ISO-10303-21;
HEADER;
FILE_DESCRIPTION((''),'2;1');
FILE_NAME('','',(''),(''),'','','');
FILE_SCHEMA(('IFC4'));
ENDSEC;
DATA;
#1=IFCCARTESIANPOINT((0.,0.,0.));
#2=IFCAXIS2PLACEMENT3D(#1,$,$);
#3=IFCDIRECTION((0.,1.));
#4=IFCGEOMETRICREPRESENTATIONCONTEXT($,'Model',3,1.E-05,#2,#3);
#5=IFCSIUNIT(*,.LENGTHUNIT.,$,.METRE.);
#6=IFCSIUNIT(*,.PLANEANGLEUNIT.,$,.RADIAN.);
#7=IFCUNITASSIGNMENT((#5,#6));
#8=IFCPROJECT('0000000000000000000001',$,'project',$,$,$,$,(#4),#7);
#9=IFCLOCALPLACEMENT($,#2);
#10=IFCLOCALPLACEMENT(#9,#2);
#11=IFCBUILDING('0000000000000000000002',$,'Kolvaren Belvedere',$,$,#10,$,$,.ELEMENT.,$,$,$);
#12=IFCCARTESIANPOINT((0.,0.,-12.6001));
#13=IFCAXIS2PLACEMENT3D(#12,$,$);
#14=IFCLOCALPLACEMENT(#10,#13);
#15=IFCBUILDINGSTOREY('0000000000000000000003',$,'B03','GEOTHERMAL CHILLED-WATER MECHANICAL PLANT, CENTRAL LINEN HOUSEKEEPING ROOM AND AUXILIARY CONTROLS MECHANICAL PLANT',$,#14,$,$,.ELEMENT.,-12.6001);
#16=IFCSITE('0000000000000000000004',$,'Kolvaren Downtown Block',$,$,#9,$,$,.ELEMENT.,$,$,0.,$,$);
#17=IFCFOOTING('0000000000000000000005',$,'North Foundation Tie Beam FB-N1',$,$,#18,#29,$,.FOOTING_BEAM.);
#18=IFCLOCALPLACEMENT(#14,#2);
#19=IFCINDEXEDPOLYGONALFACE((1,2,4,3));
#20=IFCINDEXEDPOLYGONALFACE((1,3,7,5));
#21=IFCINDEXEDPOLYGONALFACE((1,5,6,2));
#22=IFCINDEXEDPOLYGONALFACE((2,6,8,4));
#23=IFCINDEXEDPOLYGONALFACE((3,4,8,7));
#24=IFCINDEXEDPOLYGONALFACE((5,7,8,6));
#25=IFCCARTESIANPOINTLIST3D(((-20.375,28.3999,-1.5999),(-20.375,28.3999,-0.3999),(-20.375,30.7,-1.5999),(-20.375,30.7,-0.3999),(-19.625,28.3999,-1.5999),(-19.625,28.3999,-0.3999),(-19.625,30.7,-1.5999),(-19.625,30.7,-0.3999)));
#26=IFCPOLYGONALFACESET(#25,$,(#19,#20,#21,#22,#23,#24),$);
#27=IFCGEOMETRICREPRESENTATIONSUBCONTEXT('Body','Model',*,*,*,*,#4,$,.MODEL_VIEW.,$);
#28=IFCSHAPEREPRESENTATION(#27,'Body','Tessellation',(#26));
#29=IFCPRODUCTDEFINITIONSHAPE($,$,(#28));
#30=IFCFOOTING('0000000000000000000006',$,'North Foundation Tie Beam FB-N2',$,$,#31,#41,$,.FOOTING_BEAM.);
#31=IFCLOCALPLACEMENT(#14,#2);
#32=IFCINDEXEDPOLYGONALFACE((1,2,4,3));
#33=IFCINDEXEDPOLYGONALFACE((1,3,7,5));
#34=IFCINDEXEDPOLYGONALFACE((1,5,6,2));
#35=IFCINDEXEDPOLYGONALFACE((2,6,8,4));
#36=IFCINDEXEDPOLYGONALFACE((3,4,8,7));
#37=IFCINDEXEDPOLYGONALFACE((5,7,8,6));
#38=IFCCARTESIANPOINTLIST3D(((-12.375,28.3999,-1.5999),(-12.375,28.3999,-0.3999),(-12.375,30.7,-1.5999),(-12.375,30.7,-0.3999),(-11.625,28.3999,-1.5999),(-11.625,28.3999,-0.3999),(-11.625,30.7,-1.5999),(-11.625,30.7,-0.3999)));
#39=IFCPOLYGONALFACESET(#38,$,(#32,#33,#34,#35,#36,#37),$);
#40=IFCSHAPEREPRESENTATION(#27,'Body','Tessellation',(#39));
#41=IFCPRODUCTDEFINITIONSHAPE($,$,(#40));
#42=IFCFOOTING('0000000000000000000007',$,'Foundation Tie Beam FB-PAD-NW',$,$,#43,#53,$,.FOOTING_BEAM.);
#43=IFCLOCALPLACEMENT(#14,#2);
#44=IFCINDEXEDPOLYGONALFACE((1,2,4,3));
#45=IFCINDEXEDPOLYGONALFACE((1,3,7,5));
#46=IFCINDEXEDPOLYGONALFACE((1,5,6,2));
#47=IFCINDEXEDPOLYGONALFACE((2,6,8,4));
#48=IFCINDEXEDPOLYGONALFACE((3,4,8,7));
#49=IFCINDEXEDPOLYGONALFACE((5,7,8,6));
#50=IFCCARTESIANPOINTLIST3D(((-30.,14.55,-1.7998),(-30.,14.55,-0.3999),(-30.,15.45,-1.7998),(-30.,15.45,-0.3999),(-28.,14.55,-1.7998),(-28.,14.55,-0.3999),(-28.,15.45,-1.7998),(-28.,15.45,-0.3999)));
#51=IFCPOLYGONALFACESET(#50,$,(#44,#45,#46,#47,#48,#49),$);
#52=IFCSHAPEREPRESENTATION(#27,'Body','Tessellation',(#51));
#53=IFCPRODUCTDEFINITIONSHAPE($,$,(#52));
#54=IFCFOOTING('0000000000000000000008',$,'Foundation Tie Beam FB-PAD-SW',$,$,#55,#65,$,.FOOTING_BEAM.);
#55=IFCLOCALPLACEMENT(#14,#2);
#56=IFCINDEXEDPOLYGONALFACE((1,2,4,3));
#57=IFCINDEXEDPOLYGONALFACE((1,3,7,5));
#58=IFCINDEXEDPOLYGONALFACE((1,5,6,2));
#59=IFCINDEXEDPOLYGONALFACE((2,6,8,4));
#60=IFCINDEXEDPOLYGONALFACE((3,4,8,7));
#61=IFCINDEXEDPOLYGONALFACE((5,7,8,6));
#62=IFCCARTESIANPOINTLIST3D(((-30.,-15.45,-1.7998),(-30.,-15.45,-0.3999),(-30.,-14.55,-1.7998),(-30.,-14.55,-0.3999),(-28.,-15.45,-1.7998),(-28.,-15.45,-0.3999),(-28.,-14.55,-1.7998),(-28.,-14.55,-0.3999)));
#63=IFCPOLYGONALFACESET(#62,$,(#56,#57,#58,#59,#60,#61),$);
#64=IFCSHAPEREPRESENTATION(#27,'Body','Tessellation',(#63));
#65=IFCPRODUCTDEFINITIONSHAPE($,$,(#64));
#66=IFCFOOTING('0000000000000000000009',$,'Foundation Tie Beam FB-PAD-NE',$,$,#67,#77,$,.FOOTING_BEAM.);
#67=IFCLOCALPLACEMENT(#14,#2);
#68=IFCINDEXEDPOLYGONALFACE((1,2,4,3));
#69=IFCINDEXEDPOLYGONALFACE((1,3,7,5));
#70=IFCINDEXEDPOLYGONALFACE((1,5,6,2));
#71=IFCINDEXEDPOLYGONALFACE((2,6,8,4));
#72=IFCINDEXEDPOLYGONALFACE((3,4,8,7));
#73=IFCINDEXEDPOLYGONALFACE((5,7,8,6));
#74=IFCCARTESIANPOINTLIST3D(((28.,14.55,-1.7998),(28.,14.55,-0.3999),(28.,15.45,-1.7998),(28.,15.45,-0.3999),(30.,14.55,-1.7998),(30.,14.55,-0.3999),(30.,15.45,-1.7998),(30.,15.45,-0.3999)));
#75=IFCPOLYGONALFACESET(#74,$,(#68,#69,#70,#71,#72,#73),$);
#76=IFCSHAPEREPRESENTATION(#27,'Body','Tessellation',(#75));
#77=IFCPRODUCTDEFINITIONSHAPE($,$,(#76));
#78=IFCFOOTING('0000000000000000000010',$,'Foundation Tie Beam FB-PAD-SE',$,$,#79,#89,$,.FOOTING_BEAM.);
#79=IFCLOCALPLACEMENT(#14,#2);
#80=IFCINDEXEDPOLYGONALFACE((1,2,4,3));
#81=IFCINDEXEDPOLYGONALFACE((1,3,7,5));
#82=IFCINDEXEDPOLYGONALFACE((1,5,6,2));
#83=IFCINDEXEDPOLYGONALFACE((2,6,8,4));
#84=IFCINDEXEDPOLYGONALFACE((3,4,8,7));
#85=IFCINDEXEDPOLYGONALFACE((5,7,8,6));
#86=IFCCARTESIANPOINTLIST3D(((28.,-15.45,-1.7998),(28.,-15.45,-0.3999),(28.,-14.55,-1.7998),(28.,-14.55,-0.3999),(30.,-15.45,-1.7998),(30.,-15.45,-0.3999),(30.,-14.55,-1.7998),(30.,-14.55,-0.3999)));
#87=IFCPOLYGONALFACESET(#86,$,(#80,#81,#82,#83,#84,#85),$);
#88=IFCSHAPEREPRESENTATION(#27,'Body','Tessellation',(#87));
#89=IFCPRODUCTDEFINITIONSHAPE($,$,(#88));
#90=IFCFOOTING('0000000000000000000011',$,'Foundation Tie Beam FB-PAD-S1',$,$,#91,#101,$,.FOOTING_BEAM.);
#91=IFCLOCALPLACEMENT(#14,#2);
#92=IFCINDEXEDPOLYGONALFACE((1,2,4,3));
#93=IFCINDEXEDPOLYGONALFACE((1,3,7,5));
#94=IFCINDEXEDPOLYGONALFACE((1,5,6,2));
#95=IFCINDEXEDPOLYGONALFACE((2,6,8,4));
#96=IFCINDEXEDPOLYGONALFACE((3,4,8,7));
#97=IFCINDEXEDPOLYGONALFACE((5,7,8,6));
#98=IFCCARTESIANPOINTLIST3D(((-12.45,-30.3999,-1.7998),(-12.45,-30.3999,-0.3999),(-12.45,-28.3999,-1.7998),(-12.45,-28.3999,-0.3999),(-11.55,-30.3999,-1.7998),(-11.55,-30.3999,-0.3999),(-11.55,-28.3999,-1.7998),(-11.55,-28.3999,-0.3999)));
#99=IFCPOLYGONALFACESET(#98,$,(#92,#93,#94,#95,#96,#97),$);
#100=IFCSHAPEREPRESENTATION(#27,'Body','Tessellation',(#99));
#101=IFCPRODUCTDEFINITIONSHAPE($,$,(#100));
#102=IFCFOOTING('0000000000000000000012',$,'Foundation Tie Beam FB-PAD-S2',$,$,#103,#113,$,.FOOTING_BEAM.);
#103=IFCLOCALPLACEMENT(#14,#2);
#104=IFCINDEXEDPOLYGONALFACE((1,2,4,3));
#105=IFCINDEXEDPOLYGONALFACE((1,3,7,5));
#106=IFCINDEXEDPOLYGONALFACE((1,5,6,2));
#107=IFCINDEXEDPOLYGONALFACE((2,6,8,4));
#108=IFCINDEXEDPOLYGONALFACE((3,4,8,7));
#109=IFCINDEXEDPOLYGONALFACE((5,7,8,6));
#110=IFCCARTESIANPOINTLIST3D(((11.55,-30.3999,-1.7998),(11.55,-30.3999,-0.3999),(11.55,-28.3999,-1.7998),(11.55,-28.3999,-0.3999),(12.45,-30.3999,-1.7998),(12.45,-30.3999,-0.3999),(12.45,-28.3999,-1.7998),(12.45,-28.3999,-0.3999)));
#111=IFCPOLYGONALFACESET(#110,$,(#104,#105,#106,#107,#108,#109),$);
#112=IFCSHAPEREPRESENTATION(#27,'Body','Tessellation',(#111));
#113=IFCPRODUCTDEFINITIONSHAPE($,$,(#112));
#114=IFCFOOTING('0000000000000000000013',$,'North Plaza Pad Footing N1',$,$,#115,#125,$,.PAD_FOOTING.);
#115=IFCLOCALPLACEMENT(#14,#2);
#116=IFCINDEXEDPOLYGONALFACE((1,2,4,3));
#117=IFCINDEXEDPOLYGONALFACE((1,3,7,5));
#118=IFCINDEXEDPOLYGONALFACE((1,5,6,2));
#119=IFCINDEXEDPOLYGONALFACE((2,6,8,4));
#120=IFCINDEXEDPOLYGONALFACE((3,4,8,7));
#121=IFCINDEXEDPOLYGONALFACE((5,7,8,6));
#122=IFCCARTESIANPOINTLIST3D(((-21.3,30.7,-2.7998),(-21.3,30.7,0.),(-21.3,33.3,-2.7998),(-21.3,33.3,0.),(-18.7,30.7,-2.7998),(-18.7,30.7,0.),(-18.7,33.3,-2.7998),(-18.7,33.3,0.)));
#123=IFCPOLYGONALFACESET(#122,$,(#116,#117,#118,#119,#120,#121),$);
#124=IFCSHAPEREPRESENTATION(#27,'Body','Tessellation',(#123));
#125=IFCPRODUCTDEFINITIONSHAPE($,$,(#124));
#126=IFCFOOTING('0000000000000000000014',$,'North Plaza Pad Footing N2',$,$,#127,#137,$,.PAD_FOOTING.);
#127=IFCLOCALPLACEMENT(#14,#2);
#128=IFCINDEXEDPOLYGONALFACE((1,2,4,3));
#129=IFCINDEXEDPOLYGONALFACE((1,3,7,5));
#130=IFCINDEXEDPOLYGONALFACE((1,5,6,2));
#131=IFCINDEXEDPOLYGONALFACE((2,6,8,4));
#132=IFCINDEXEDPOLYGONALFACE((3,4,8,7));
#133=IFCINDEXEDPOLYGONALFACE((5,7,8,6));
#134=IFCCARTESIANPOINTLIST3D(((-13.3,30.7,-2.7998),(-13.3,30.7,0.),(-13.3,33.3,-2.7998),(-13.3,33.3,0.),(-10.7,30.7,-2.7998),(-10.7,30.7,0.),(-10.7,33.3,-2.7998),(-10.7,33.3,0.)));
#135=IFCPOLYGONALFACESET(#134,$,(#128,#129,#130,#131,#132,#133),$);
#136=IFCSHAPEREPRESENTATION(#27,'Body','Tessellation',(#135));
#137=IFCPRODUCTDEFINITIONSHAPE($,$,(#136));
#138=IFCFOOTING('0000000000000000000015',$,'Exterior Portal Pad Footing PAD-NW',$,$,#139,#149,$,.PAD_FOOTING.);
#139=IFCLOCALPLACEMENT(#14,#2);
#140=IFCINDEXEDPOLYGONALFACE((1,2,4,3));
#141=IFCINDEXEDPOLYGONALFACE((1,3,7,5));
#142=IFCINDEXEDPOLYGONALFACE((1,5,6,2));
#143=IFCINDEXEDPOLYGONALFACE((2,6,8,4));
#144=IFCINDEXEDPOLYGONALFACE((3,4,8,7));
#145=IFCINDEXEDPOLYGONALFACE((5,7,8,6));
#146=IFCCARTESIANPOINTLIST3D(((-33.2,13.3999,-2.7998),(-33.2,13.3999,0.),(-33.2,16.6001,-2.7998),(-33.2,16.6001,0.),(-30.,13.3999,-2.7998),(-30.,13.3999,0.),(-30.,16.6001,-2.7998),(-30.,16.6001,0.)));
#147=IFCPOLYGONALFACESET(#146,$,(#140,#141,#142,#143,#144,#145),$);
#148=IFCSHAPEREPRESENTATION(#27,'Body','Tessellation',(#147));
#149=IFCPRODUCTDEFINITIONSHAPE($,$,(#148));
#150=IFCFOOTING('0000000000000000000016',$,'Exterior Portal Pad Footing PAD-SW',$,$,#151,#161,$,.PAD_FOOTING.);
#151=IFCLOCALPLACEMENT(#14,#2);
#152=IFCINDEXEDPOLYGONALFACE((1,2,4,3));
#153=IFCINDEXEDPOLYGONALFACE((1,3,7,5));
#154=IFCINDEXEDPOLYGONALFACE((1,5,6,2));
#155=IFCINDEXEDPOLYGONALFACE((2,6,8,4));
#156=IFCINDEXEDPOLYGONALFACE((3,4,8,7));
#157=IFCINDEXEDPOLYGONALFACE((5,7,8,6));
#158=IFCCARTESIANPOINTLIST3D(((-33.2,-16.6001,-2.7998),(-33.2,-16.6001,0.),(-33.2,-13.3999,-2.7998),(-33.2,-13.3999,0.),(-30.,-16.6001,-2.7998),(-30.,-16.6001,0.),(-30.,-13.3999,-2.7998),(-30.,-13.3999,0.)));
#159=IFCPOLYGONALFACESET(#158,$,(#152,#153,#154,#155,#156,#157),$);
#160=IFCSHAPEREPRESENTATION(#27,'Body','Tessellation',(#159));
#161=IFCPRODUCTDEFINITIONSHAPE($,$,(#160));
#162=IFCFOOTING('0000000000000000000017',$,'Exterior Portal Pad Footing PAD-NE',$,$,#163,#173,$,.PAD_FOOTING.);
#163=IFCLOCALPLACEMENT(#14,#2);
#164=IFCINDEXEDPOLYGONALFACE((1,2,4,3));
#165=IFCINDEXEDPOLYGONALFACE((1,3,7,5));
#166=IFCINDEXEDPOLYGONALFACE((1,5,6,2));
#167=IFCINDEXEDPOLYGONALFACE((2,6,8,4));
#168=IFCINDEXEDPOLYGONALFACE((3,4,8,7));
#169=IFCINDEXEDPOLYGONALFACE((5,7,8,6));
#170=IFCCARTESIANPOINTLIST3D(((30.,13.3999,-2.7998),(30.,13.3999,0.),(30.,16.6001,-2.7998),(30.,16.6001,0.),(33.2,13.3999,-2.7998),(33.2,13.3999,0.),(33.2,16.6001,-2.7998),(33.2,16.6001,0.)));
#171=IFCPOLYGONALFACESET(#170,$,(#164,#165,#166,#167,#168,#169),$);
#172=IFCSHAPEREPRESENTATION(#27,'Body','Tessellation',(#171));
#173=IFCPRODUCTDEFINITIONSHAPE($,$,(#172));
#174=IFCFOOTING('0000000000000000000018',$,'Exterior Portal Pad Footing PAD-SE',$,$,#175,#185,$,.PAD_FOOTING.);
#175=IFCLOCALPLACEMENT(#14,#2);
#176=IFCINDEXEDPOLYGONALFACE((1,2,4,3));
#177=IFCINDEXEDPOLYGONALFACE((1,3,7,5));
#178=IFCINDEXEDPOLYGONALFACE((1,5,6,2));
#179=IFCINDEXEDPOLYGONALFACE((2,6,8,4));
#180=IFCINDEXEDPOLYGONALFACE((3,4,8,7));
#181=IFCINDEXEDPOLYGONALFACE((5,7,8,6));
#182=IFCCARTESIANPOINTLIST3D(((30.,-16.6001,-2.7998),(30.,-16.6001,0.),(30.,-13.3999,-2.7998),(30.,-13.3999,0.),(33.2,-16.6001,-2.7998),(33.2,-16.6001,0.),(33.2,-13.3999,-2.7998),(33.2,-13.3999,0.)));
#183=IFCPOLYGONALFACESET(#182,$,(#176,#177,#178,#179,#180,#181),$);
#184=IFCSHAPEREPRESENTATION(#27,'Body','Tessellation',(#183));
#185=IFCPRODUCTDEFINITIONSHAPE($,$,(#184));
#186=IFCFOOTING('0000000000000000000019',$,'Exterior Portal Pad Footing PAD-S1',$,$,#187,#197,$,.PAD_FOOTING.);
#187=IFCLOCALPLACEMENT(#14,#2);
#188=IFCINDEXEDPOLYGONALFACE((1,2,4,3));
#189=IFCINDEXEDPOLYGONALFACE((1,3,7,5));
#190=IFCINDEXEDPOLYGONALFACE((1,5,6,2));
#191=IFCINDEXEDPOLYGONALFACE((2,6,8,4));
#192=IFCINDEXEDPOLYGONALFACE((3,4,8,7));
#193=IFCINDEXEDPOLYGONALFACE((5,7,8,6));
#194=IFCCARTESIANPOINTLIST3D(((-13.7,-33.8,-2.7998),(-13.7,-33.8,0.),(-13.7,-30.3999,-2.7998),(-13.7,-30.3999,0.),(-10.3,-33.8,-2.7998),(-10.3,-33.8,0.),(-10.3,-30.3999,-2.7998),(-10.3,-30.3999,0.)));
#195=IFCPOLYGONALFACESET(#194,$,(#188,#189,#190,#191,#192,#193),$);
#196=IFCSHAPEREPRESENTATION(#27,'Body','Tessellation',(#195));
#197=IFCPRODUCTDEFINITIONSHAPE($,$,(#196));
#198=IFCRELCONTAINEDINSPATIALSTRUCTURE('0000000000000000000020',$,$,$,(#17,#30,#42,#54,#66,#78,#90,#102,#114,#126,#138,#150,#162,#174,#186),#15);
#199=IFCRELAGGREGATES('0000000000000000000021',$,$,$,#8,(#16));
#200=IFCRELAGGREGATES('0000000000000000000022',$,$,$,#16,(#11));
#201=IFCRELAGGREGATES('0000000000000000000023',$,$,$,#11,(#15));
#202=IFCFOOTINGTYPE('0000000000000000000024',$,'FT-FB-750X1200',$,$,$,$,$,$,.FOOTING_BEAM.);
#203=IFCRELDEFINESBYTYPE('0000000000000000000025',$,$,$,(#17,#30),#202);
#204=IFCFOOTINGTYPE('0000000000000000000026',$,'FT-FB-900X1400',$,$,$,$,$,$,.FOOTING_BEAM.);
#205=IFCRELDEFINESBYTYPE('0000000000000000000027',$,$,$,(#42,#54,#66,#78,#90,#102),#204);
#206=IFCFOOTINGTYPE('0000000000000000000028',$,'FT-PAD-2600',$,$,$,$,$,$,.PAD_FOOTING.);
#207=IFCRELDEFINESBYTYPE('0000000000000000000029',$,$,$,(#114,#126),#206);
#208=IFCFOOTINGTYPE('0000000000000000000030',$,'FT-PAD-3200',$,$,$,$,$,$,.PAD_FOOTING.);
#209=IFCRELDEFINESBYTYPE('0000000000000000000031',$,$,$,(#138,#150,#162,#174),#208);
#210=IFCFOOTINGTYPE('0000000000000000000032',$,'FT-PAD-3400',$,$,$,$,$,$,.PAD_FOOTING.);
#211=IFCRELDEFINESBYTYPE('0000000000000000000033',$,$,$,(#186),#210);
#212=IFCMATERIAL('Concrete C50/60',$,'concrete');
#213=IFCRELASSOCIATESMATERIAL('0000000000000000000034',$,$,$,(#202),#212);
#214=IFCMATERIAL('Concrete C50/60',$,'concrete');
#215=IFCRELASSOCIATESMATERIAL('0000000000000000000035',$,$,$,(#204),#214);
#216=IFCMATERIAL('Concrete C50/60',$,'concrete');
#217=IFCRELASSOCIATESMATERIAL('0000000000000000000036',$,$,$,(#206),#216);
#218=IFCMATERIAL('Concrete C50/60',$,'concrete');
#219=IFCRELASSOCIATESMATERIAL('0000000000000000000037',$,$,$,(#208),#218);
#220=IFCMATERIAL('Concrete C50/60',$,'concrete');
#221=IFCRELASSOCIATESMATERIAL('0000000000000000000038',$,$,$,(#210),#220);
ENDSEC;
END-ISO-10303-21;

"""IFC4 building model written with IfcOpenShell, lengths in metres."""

from ifc_helpers import new_model, si_unit, direction, frame, origin, place, context, subcontext, project, spatial, polyline, outline, extrude, material, type_object, element, save


model = new_model("IFC4")

# Units and contexts
model_context = context("Model", 3, precision=1e-05, world=origin(), true_north=direction((0.0, 1.0)))
body_context = subcontext(model_context, "Body", "Model", "MODEL_VIEW")
ifc_project = project(units=[si_unit("LENGTHUNIT", "METRE"), si_unit("PLANEANGLEUNIT", "RADIAN")], contexts=[model_context])

# Site, building, storey
site_placement = place(None, origin())
site = spatial("IfcSite", under=ifc_project, at=site_placement, Name="Kolvaren Downtown Block", CompositionType="ELEMENT", RefElevation=0.0)
building_placement = place(site_placement, origin())
building = spatial("IfcBuilding", under=site, at=building_placement, Name="Kolvaren Belvedere", CompositionType="ELEMENT")
storey_placement = place(building_placement, frame((0.0, 0.0, -12.6001)))
storey = spatial("IfcBuildingStorey", under=building, at=storey_placement, Name="B03", Description="GEOTHERMAL CHILLED-WATER MECHANICAL PLANT, CENTRAL LINEN HOUSEKEEPING ROOM AND AUXILIARY CONTROLS MECHANICAL PLANT", CompositionType="ELEMENT", Elevation=-12.6001)

# Footings
ifc_material_1 = material(Name="Concrete C50/60", Category="concrete")
footing_type_1 = type_object("IfcFootingType", Name="FT-FB-750X1200", PredefinedType="FOOTING_BEAM", material=ifc_material_1)
footing_1_placement = place(storey_placement, frame((0.0, 0.0, -1.5999)))
element("IfcFooting", 1, at=footing_1_placement, inside=storey, type_object=footing_type_1, Name="North Foundation Tie Beam FB-N1", PredefinedType="FOOTING_BEAM", context=body_context, shape_type="SweptSolid", body=[
    extrude(outline(polyline([(-20.375, 28.3999), (-19.625, 28.3999), (-19.625, 30.7), (-20.375, 30.7), (-20.375, 28.3999)])), origin(), (0.0, 0.0, 1.0), 1.2),
])
footing_2_placement = place(storey_placement, frame((0.0, 0.0, -1.5999)))
element("IfcFooting", 2, at=footing_2_placement, inside=storey, type_object=footing_type_1, Name="North Foundation Tie Beam FB-N2", PredefinedType="FOOTING_BEAM", context=body_context, shape_type="SweptSolid", body=[
    extrude(outline(polyline([(-12.375, 28.3999), (-11.625, 28.3999), (-11.625, 30.7), (-12.375, 30.7), (-12.375, 28.3999)])), origin(), (0.0, 0.0, 1.0), 1.2),
])
ifc_material_2 = material(Name="Concrete C50/60", Category="concrete")
footing_type_2 = type_object("IfcFootingType", Name="FT-FB-900X1400", PredefinedType="FOOTING_BEAM", material=ifc_material_2)
footing_3_placement = place(storey_placement, frame((0.0, 0.0, -1.7998)))
element("IfcFooting", 3, at=footing_3_placement, inside=storey, type_object=footing_type_2, Name="Foundation Tie Beam FB-PAD-NW", PredefinedType="FOOTING_BEAM", context=body_context, shape_type="SweptSolid", body=[
    extrude(outline(polyline([(-30.0, 14.55), (-28.0, 14.55), (-28.0, 15.45), (-30.0, 15.45), (-30.0, 14.55)])), origin(), (0.0, 0.0, 1.0), 1.3999),
])
footing_4_placement = place(storey_placement, frame((0.0, 0.0, -1.7998)))
element("IfcFooting", 4, at=footing_4_placement, inside=storey, type_object=footing_type_2, Name="Foundation Tie Beam FB-PAD-SW", PredefinedType="FOOTING_BEAM", context=body_context, shape_type="SweptSolid", body=[
    extrude(outline(polyline([(-30.0, -15.45), (-28.0, -15.45), (-28.0, -14.55), (-30.0, -14.55), (-30.0, -15.45)])), origin(), (0.0, 0.0, 1.0), 1.3999),
])
footing_5_placement = place(storey_placement, frame((0.0, 0.0, -1.7998)))
element("IfcFooting", 5, at=footing_5_placement, inside=storey, type_object=footing_type_2, Name="Foundation Tie Beam FB-PAD-NE", PredefinedType="FOOTING_BEAM", context=body_context, shape_type="SweptSolid", body=[
    extrude(outline(polyline([(28.0, 14.55), (30.0, 14.55), (30.0, 15.45), (28.0, 15.45), (28.0, 14.55)])), origin(), (0.0, 0.0, 1.0), 1.3999),
])
footing_6_placement = place(storey_placement, frame((0.0, 0.0, -1.7998)))
element("IfcFooting", 6, at=footing_6_placement, inside=storey, type_object=footing_type_2, Name="Foundation Tie Beam FB-PAD-SE", PredefinedType="FOOTING_BEAM", context=body_context, shape_type="SweptSolid", body=[
    extrude(outline(polyline([(28.0, -15.45), (30.0, -15.45), (30.0, -14.55), (28.0, -14.55), (28.0, -15.45)])), origin(), (0.0, 0.0, 1.0), 1.3999),
])
footing_7_placement = place(storey_placement, frame((0.0, 0.0, -1.7998)))
element("IfcFooting", 7, at=footing_7_placement, inside=storey, type_object=footing_type_2, Name="Foundation Tie Beam FB-PAD-S1", PredefinedType="FOOTING_BEAM", context=body_context, shape_type="SweptSolid", body=[
    extrude(outline(polyline([(-12.45, -30.3999), (-11.55, -30.3999), (-11.55, -28.3999), (-12.45, -28.3999), (-12.45, -30.3999)])), origin(), (0.0, 0.0, 1.0), 1.3999),
])
footing_8_placement = place(storey_placement, frame((0.0, 0.0, -1.7998)))
element("IfcFooting", 8, at=footing_8_placement, inside=storey, type_object=footing_type_2, Name="Foundation Tie Beam FB-PAD-S2", PredefinedType="FOOTING_BEAM", context=body_context, shape_type="SweptSolid", body=[
    extrude(outline(polyline([(11.55, -30.3999), (12.45, -30.3999), (12.45, -28.3999), (11.55, -28.3999), (11.55, -30.3999)])), origin(), (0.0, 0.0, 1.0), 1.3999),
])
ifc_material_3 = material(Name="Concrete C50/60", Category="concrete")
footing_type_3 = type_object("IfcFootingType", Name="FT-PAD-2600", PredefinedType="PAD_FOOTING", material=ifc_material_3)
footing_9_placement = place(storey_placement, frame((0.0, 0.0, -2.7998)))
element("IfcFooting", 9, at=footing_9_placement, inside=storey, type_object=footing_type_3, Name="North Plaza Pad Footing N1", PredefinedType="PAD_FOOTING", context=body_context, shape_type="SweptSolid", body=[
    extrude(outline(polyline([(-21.3, 30.7), (-18.7, 30.7), (-18.7, 33.3), (-21.3, 33.3), (-21.3, 30.7)])), origin(), (0.0, 0.0, 1.0), 2.7998),
])
footing_10_placement = place(storey_placement, frame((0.0, 0.0, -2.7998)))
element("IfcFooting", 10, at=footing_10_placement, inside=storey, type_object=footing_type_3, Name="North Plaza Pad Footing N2", PredefinedType="PAD_FOOTING", context=body_context, shape_type="SweptSolid", body=[
    extrude(outline(polyline([(-13.3, 30.7), (-10.7, 30.7), (-10.7, 33.3), (-13.3, 33.3), (-13.3, 30.7)])), origin(), (0.0, 0.0, 1.0), 2.7998),
])
ifc_material_4 = material(Name="Concrete C50/60", Category="concrete")
footing_type_4 = type_object("IfcFootingType", Name="FT-PAD-3200", PredefinedType="PAD_FOOTING", material=ifc_material_4)
footing_11_placement = place(storey_placement, frame((0.0, 0.0, -2.7998)))
element("IfcFooting", 11, at=footing_11_placement, inside=storey, type_object=footing_type_4, Name="Exterior Portal Pad Footing PAD-NW", PredefinedType="PAD_FOOTING", context=body_context, shape_type="SweptSolid", body=[
    extrude(outline(polyline([(-33.2, 13.3999), (-30.0, 13.3999), (-30.0, 16.6001), (-33.2, 16.6001), (-33.2, 13.3999)])), origin(), (0.0, 0.0, 1.0), 2.7998),
])
footing_12_placement = place(storey_placement, frame((0.0, 0.0, -2.7998)))
element("IfcFooting", 12, at=footing_12_placement, inside=storey, type_object=footing_type_4, Name="Exterior Portal Pad Footing PAD-SW", PredefinedType="PAD_FOOTING", context=body_context, shape_type="SweptSolid", body=[
    extrude(outline(polyline([(-33.2, -16.6001), (-30.0, -16.6001), (-30.0, -13.3999), (-33.2, -13.3999), (-33.2, -16.6001)])), origin(), (0.0, 0.0, 1.0), 2.7998),
])
footing_13_placement = place(storey_placement, frame((0.0, 0.0, -2.7998)))
element("IfcFooting", 13, at=footing_13_placement, inside=storey, type_object=footing_type_4, Name="Exterior Portal Pad Footing PAD-NE", PredefinedType="PAD_FOOTING", context=body_context, shape_type="SweptSolid", body=[
    extrude(outline(polyline([(30.0, 13.3999), (33.2, 13.3999), (33.2, 16.6001), (30.0, 16.6001), (30.0, 13.3999)])), origin(), (0.0, 0.0, 1.0), 2.7998),
])
footing_14_placement = place(storey_placement, frame((0.0, 0.0, -2.7998)))
element("IfcFooting", 14, at=footing_14_placement, inside=storey, type_object=footing_type_4, Name="Exterior Portal Pad Footing PAD-SE", PredefinedType="PAD_FOOTING", context=body_context, shape_type="SweptSolid", body=[
    extrude(outline(polyline([(30.0, -16.6001), (33.2, -16.6001), (33.2, -13.3999), (30.0, -13.3999), (30.0, -16.6001)])), origin(), (0.0, 0.0, 1.0), 2.7998),
])
ifc_material_5 = material(Name="Concrete C50/60", Category="concrete")
footing_type_5 = type_object("IfcFootingType", Name="FT-PAD-3400", PredefinedType="PAD_FOOTING", material=ifc_material_5)
footing_15_placement = place(storey_placement, frame((0.0, 0.0, -2.7998)))
element("IfcFooting", 15, at=footing_15_placement, inside=storey, type_object=footing_type_5, Name="Exterior Portal Pad Footing PAD-S1", PredefinedType="PAD_FOOTING", context=body_context, shape_type="SweptSolid", body=[
    extrude(outline(polyline([(-13.7, -33.8), (-10.3, -33.8), (-10.3, -30.3999), (-13.7, -30.3999), (-13.7, -33.8)])), origin(), (0.0, 0.0, 1.0), 2.7998),
])

save(model, "model.ifc")
